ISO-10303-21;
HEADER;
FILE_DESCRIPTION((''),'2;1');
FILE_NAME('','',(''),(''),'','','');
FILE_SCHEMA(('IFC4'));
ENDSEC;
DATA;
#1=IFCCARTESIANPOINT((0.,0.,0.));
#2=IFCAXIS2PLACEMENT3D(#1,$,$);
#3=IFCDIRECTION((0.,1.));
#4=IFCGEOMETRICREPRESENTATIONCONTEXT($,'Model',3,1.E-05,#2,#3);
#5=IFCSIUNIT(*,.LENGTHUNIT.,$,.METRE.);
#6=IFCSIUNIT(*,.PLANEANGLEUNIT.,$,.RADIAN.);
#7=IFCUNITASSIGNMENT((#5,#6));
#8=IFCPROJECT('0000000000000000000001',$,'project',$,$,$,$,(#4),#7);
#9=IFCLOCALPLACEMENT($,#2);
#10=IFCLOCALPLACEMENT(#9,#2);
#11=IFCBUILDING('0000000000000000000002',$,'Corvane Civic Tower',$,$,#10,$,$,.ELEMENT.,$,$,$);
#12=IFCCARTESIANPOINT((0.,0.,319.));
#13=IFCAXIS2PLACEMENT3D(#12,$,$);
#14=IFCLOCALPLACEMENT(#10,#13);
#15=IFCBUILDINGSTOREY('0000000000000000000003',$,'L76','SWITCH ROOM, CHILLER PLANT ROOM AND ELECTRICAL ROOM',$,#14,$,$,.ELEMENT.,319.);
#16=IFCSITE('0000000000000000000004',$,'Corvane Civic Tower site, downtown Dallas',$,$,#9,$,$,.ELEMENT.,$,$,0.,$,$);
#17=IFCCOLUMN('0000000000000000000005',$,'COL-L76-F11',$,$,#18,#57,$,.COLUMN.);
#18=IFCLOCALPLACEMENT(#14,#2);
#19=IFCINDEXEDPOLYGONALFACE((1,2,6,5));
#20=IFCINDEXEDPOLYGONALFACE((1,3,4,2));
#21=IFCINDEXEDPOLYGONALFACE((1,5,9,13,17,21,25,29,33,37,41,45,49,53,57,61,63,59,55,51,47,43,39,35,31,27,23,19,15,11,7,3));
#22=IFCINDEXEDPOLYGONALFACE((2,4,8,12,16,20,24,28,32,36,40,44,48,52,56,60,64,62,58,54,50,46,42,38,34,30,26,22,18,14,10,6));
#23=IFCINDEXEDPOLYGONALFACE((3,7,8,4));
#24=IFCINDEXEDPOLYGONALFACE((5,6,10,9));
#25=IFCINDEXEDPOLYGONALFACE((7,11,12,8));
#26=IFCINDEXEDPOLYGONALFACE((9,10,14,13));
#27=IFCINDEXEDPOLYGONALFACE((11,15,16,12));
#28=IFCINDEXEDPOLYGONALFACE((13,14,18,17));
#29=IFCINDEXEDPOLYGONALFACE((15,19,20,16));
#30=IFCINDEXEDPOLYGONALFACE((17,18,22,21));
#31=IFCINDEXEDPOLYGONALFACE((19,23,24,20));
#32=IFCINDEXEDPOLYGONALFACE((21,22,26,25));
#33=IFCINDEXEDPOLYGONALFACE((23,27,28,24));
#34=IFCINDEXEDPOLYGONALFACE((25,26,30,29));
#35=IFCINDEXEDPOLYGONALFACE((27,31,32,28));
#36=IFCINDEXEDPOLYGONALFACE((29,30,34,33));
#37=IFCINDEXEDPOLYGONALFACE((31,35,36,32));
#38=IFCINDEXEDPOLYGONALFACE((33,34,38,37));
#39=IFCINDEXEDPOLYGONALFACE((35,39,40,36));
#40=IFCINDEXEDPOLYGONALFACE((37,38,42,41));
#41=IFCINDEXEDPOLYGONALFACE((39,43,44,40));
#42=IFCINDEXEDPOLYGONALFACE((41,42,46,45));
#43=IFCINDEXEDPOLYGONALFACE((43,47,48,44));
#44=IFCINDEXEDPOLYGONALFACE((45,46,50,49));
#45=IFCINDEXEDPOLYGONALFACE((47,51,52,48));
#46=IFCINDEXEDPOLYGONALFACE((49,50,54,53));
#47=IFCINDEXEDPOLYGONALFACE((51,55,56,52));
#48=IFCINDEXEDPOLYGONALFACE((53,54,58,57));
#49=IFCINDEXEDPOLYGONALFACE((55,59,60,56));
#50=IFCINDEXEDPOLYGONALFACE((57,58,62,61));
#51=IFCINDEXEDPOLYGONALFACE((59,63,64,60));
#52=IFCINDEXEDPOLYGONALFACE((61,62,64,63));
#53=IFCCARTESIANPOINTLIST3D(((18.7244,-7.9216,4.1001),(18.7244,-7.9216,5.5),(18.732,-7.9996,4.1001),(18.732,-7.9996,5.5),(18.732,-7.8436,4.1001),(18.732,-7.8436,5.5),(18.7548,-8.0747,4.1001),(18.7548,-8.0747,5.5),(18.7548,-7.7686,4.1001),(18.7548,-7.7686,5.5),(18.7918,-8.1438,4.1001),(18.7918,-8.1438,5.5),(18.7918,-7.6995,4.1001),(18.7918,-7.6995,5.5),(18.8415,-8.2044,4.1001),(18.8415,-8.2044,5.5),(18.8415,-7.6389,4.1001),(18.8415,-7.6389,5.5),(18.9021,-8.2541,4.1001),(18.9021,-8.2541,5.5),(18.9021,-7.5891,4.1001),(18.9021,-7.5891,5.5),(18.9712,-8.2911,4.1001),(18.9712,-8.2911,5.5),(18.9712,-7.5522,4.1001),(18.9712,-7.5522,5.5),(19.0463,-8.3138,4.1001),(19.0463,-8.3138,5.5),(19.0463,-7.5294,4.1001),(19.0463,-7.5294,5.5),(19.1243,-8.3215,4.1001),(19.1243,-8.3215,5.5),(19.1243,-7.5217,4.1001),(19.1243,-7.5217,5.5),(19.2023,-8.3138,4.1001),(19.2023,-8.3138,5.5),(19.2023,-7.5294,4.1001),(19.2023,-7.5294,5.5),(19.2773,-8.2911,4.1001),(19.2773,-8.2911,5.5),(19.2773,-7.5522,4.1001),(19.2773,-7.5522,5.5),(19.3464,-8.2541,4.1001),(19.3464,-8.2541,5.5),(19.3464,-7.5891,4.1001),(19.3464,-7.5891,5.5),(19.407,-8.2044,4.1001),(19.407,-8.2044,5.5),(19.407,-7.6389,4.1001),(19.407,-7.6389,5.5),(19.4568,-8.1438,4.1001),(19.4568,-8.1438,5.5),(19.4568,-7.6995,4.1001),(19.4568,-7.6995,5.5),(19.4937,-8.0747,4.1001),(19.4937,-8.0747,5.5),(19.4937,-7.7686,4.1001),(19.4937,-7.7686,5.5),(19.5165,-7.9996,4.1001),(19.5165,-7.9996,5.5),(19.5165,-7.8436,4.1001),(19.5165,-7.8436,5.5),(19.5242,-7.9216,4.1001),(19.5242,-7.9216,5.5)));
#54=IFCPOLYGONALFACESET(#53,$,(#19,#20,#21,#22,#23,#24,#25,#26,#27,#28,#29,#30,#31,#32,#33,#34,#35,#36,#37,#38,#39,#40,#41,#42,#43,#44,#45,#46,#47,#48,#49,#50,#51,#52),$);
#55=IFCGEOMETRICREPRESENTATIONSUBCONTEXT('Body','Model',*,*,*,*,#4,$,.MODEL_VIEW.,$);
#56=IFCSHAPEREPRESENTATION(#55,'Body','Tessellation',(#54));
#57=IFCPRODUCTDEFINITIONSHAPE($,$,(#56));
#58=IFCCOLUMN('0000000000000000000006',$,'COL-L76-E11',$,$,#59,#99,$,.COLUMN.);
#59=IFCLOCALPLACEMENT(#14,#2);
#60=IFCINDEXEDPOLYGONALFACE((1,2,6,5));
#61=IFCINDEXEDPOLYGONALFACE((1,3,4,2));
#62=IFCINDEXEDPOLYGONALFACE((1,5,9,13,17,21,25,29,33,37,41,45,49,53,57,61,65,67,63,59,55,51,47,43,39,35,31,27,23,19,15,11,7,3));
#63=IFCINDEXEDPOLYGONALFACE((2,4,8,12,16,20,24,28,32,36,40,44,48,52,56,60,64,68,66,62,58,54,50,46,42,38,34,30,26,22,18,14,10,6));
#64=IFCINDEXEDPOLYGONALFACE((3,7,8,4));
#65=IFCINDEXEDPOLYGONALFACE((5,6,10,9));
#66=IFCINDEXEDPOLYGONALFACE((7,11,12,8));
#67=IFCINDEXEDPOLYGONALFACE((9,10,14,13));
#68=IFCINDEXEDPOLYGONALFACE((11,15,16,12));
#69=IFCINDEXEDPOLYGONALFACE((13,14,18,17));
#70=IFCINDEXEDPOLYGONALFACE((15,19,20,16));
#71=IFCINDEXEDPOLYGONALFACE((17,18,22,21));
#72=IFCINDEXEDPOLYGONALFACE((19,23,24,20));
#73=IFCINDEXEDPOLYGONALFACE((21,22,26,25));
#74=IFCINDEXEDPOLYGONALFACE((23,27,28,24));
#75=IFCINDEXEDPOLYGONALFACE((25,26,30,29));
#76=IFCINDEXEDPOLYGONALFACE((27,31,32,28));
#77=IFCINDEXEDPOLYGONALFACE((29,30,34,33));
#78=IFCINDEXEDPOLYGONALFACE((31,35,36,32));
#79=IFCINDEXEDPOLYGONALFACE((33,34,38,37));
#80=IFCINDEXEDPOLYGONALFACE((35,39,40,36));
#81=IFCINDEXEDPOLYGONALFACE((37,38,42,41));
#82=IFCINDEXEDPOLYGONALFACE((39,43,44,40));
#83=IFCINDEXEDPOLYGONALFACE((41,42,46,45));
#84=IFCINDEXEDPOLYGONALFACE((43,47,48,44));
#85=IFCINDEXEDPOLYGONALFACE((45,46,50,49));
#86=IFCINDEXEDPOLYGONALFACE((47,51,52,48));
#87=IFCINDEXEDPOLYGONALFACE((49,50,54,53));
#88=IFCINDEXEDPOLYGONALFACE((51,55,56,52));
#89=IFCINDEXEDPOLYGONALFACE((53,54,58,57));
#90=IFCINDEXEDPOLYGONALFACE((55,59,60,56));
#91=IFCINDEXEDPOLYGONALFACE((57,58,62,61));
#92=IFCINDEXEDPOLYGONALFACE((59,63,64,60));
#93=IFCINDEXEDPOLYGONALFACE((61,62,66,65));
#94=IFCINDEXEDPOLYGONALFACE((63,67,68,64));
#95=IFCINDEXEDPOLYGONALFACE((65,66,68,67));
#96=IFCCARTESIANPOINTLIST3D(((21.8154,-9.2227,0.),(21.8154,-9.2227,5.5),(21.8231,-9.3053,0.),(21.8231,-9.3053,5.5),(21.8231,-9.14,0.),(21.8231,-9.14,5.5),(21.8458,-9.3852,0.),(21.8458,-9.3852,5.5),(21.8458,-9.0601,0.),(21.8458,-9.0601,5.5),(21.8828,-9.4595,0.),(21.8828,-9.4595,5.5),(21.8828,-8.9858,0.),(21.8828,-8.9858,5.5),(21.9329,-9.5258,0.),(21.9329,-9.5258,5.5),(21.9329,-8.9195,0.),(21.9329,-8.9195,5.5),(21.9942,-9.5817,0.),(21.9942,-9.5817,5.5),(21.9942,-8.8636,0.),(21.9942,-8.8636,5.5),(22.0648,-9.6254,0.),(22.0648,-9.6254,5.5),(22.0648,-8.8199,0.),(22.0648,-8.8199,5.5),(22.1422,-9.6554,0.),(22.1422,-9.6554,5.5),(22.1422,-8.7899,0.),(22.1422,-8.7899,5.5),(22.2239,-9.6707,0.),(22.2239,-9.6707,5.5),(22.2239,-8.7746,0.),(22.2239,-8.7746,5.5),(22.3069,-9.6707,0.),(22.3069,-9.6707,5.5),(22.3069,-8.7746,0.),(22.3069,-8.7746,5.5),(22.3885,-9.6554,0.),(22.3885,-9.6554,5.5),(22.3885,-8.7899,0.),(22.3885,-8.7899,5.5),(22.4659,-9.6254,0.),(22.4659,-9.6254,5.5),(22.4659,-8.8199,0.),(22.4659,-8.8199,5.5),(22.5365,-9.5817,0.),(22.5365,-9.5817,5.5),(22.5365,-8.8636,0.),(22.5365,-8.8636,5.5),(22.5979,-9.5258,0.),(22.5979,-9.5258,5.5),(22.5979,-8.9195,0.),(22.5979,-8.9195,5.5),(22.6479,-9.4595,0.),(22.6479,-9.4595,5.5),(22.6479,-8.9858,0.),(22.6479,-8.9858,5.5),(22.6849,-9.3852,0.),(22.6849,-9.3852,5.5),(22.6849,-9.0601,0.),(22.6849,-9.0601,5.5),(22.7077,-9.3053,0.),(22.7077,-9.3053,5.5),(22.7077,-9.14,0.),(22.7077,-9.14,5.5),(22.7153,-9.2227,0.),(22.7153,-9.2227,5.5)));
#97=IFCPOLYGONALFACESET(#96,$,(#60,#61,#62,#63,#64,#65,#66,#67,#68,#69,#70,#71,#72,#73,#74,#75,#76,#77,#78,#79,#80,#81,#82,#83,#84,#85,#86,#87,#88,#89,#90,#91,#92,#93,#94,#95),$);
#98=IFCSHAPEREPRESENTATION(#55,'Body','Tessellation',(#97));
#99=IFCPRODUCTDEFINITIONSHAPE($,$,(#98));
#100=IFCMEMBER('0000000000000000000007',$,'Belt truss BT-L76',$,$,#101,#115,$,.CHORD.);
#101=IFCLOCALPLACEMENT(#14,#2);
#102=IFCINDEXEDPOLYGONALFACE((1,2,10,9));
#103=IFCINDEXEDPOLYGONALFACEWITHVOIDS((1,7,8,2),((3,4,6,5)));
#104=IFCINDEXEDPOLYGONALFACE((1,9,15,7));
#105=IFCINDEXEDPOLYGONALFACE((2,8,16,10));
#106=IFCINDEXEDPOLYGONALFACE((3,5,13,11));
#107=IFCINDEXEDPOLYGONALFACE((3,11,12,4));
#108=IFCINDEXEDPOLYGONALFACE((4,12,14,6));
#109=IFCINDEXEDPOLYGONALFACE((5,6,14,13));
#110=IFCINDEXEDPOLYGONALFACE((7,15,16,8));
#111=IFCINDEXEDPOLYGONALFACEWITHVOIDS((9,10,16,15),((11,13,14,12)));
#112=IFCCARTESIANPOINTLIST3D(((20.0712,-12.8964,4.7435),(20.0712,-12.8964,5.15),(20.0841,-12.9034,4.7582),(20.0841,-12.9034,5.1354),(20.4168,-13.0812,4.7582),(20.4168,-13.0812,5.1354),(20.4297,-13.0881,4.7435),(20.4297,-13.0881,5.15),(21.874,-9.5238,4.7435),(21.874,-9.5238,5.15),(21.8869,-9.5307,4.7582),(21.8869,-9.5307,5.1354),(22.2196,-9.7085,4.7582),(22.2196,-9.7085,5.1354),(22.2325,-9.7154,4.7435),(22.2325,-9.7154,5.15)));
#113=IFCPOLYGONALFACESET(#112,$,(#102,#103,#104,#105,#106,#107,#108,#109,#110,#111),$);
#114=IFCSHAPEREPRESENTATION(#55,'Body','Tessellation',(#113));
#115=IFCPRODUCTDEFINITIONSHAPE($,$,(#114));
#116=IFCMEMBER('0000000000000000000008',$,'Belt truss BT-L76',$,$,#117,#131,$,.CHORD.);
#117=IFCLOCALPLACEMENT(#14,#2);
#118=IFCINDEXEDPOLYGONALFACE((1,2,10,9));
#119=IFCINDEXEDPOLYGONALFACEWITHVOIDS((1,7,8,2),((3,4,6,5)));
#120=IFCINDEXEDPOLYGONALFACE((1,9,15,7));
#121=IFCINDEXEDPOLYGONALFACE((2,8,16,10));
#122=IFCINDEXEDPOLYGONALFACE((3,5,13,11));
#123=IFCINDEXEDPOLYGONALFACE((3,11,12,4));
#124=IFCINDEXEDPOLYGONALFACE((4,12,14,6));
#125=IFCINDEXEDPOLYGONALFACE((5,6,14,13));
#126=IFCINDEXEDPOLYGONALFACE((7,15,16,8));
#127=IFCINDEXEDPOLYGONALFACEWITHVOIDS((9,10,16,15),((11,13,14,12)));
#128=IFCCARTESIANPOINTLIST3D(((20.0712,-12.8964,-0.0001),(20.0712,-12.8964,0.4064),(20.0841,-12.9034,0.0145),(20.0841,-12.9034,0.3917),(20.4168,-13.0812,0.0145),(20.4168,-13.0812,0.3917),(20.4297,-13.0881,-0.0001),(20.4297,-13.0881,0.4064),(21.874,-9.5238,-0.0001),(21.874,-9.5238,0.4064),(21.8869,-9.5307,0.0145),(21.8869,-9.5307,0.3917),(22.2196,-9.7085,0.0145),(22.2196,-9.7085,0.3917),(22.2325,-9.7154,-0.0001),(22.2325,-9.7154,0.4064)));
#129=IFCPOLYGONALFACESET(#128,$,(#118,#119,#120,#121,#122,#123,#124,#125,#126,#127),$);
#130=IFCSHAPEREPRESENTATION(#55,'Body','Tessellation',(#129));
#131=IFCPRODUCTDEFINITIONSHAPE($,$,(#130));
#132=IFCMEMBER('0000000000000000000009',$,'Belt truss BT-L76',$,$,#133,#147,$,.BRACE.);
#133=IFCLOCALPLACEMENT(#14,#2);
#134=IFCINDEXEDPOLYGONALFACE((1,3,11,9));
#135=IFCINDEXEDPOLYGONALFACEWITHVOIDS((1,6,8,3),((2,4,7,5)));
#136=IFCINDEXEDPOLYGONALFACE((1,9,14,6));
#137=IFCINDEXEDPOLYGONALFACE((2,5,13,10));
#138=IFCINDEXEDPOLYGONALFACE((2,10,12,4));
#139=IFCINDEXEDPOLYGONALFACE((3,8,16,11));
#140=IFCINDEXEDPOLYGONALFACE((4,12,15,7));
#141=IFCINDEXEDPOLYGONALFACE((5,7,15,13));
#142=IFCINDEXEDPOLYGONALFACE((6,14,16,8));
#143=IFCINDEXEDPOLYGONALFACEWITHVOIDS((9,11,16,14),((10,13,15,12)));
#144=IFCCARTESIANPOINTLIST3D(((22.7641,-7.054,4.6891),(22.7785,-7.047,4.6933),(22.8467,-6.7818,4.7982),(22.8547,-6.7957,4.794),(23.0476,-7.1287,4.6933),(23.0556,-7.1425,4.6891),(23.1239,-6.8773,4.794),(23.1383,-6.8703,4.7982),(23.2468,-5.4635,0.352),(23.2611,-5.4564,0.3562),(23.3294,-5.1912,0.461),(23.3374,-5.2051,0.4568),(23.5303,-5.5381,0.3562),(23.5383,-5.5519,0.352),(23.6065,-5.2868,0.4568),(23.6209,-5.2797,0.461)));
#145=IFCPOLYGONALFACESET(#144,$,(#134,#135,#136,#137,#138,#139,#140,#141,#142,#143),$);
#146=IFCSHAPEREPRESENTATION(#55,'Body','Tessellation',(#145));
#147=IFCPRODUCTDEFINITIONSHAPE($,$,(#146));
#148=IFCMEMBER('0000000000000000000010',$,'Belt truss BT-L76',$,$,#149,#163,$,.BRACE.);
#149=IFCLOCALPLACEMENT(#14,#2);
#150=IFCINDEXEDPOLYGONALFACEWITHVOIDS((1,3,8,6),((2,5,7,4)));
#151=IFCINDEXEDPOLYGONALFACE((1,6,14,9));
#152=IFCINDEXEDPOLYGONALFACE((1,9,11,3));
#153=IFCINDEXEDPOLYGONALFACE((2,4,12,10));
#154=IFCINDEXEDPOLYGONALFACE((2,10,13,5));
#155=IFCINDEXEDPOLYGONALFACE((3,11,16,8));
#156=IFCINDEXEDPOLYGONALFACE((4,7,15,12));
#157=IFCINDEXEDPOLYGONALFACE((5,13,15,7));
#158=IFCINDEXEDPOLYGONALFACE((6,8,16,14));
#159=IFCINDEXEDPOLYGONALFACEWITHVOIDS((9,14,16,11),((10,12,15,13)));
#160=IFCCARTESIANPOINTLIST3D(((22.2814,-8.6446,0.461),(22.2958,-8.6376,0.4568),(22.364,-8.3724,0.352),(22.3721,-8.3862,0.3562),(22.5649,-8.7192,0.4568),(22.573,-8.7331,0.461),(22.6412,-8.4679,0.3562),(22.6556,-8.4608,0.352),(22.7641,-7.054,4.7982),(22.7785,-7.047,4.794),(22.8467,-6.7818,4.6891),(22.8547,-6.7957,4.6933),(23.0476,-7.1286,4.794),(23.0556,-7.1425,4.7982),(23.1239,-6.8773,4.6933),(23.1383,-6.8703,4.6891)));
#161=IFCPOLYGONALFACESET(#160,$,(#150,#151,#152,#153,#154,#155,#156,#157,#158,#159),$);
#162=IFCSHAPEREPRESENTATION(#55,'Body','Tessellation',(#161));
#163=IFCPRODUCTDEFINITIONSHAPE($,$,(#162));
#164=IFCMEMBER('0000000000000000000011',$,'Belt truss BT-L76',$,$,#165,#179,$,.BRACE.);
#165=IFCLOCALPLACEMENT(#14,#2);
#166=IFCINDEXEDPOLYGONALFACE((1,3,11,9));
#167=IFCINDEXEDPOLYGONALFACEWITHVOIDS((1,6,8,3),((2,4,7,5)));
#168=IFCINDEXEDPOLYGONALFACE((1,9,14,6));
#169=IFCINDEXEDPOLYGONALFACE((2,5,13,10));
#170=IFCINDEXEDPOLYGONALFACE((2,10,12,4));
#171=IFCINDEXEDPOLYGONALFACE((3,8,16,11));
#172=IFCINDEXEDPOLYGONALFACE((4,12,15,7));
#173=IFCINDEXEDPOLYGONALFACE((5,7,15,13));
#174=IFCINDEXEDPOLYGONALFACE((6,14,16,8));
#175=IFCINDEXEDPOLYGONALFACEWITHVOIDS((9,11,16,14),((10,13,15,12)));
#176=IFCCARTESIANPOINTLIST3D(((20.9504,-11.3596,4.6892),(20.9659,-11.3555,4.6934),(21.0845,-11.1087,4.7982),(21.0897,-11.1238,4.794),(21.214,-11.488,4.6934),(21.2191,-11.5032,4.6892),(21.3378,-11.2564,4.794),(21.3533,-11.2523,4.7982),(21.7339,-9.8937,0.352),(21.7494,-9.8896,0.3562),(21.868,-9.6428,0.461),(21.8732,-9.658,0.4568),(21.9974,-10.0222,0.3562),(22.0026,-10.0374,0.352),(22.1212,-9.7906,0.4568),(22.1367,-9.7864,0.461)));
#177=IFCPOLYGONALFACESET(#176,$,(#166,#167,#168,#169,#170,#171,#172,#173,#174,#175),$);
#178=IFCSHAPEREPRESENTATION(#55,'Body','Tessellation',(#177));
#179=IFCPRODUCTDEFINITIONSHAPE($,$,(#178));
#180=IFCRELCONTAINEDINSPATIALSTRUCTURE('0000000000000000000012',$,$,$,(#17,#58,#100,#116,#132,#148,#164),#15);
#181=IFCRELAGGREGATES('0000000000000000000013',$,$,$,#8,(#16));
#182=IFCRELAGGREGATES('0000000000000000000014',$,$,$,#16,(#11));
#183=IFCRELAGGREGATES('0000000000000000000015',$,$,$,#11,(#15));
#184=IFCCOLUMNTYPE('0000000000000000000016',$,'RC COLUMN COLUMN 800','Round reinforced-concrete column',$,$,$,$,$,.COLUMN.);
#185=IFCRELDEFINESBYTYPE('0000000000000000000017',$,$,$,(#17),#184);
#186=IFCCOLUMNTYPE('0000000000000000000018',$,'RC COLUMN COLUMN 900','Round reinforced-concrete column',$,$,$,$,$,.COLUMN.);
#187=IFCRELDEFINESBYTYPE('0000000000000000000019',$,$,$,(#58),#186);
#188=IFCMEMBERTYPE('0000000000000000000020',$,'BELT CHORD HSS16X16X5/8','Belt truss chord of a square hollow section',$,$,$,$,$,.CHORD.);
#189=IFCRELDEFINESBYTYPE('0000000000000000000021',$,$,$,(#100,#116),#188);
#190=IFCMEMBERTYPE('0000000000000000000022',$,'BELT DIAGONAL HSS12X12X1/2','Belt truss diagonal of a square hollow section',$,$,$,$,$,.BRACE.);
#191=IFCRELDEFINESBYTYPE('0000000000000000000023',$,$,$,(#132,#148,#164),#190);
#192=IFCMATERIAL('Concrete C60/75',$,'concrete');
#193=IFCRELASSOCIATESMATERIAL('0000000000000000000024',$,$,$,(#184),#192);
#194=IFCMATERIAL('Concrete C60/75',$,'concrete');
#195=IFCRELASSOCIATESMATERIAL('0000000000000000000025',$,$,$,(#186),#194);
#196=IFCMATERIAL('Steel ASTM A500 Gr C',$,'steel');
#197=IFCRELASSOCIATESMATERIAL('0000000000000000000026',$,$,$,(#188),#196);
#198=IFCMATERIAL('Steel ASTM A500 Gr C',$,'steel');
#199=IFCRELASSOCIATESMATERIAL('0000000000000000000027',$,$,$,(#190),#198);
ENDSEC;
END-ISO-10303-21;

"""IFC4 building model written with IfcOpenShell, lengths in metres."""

from ifc_helpers import new_model, si_unit, direction, frame, origin, origin_2d, place, context, subcontext, project, spatial, hollow_rectangle, circle, extrude, material, material_profile, profile_set, type_object, element, save


model = new_model("IFC4")

# Units and contexts
model_context = context("Model", 3, precision=1e-05, world=origin(), true_north=direction((0.0, 1.0)))
body_context = subcontext(model_context, "Body", "Model", "MODEL_VIEW")
ifc_project = project(units=[si_unit("LENGTHUNIT", "METRE"), si_unit("PLANEANGLEUNIT", "RADIAN")], contexts=[model_context])

# Site, building, storey
site_placement = place(None, origin())
site = spatial("IfcSite", under=ifc_project, at=site_placement, Name="Corvane Civic Tower site, downtown Dallas", CompositionType="ELEMENT", RefElevation=0.0)
building_placement = place(site_placement, origin())
building = spatial("IfcBuilding", under=site, at=building_placement, Name="Corvane Civic Tower", CompositionType="ELEMENT")
storey_placement = place(building_placement, frame((0.0, 0.0, 319.0)))
storey = spatial("IfcBuildingStorey", under=building, at=storey_placement, Name="L76", Description="SWITCH ROOM, CHILLER PLANT ROOM AND ELECTRICAL ROOM", CompositionType="ELEMENT", Elevation=319.0)

# Columns
ifc_material_1 = material(Name="Concrete C60/75", Category="concrete")
ifc_material_profile_1 = material_profile(ifc_material_1, circle(Radius=0.3999, at=origin_2d()), Name="COLUMN 800")
ifc_profile_set_1 = profile_set([ifc_material_profile_1], Name="Concrete C60/75")
column_type_1 = type_object("IfcColumnType", Name="RC COLUMN COLUMN 800", Description="Round reinforced-concrete column", PredefinedType="COLUMN", material=ifc_profile_set_1)
column_1_placement = place(storey_placement, frame((19.1243, -7.9216, 4.1001), z_axis=(0.0, 0.0, 1.0), x_axis=(1.0, 0.0, 0.0)))
element("IfcColumn", 1, at=column_1_placement, inside=storey, type_object=column_type_1, Name="COL-L76-F11", PredefinedType="COLUMN", context=body_context, shape_type="SweptSolid", body=[
    extrude(circle(Radius=0.3999, at=origin_2d()), origin(), (0.0, 0.0, 1.0), 1.3999),
])
ifc_material_2 = material(Name="Concrete C60/75", Category="concrete")
ifc_material_profile_2 = material_profile(ifc_material_2, circle(Radius=0.45, at=origin_2d()), Name="COLUMN 900")
ifc_profile_set_2 = profile_set([ifc_material_profile_2], Name="Concrete C60/75")
column_type_2 = type_object("IfcColumnType", Name="RC COLUMN COLUMN 900", Description="Round reinforced-concrete column", PredefinedType="COLUMN", material=ifc_profile_set_2)
column_2_placement = place(storey_placement, frame((22.2654, -9.2227, 0.0), z_axis=(0.0, 0.0, 1.0), x_axis=(1.0, 0.0, 0.0)))
element("IfcColumn", 2, at=column_2_placement, inside=storey, type_object=column_type_2, Name="COL-L76-E11", PredefinedType="COLUMN", context=body_context, shape_type="SweptSolid", body=[
    extrude(circle(Radius=0.45, at=origin_2d()), origin(), (0.0, 0.0, 1.0), 5.5),
])

# Members
ifc_material_3 = material(Name="Steel ASTM A500 Gr C", Category="steel")
ifc_material_profile_3 = material_profile(ifc_material_3, hollow_rectangle(XDim=0.4065, YDim=0.4065, WallThickness=0.0146, at=origin_2d()), Name="HSS16X16X5/8")
ifc_profile_set_3 = profile_set([ifc_material_profile_3], Name="Steel ASTM A500 Gr C")
member_type_1 = type_object("IfcMemberType", Name="BELT CHORD HSS16X16X5/8", Description="Belt truss chord of a square hollow section", PredefinedType="CHORD", material=ifc_profile_set_3)
for number, where, z_axis, x_axis, name in (
    (3, (22.0532, -9.6196, 4.9468), (-0.47141, -0.881914, 0.0), (0.881914, -0.47141, 0.0), "Belt truss BT-L76"),
    (4, (22.0532, -9.6196, 0.2031), (-0.47141, -0.881914, 0.0), (0.881914, -0.47141, 0.0), "Belt truss BT-L76"),
):
    element("IfcMember", number, at=place(storey_placement, frame(where, z_axis=z_axis, x_axis=x_axis)), inside=storey, type_object=member_type_1, Name=name, PredefinedType="CHORD", context=body_context, shape_type="SweptSolid", body=[
        extrude(hollow_rectangle(XDim=0.4065, YDim=0.4065, WallThickness=0.0146, at=origin_2d()), origin(), (0.0, 0.0, 1.0), 3.8242),
    ])
ifc_material_4 = material(Name="Steel ASTM A500 Gr C", Category="steel")
ifc_material_profile_4 = material_profile(ifc_material_4, hollow_rectangle(XDim=0.3047, YDim=0.3047, WallThickness=0.0117, at=origin_2d()), Name="HSS12X12X1/2")
ifc_profile_set_4 = profile_set([ifc_material_profile_4], Name="Steel ASTM A500 Gr C")
member_type_2 = type_object("IfcMemberType", Name="BELT DIAGONAL HSS12X12X1/2", Description="Belt truss diagonal of a square hollow section", PredefinedType="BRACE", material=ifc_profile_set_4)
for number, where, z_axis, x_axis, name in (
    (5, (23.4338, -5.3716, 0.4065), (-0.103916, -0.342445, 0.933773), (0.956912, -0.290378, 0.0), "Belt truss BT-L76"),
    (6, (22.4685, -8.5527, 0.4065), (0.103916, 0.342445, 0.933773), (-0.956912, 0.290378, 0.0), "Belt truss BT-L76"),
    (7, (21.9353, -9.8401, 0.4065), (-0.168675, -0.315589, 0.933784), (0.881934, -0.471373, 0.0), "Belt truss BT-L76"),
):
    element("IfcMember", number, at=place(storey_placement, frame(where, z_axis=z_axis, x_axis=x_axis)), inside=storey, type_object=member_type_2, Name=name, PredefinedType="BRACE", context=body_context, shape_type="SweptSolid", body=[
        extrude(hollow_rectangle(XDim=0.3047, YDim=0.3047, WallThickness=0.0117, at=origin_2d()), origin(), (0.0, 0.0, 1.0), 4.6448),
    ])

save(model, "model.ifc")
